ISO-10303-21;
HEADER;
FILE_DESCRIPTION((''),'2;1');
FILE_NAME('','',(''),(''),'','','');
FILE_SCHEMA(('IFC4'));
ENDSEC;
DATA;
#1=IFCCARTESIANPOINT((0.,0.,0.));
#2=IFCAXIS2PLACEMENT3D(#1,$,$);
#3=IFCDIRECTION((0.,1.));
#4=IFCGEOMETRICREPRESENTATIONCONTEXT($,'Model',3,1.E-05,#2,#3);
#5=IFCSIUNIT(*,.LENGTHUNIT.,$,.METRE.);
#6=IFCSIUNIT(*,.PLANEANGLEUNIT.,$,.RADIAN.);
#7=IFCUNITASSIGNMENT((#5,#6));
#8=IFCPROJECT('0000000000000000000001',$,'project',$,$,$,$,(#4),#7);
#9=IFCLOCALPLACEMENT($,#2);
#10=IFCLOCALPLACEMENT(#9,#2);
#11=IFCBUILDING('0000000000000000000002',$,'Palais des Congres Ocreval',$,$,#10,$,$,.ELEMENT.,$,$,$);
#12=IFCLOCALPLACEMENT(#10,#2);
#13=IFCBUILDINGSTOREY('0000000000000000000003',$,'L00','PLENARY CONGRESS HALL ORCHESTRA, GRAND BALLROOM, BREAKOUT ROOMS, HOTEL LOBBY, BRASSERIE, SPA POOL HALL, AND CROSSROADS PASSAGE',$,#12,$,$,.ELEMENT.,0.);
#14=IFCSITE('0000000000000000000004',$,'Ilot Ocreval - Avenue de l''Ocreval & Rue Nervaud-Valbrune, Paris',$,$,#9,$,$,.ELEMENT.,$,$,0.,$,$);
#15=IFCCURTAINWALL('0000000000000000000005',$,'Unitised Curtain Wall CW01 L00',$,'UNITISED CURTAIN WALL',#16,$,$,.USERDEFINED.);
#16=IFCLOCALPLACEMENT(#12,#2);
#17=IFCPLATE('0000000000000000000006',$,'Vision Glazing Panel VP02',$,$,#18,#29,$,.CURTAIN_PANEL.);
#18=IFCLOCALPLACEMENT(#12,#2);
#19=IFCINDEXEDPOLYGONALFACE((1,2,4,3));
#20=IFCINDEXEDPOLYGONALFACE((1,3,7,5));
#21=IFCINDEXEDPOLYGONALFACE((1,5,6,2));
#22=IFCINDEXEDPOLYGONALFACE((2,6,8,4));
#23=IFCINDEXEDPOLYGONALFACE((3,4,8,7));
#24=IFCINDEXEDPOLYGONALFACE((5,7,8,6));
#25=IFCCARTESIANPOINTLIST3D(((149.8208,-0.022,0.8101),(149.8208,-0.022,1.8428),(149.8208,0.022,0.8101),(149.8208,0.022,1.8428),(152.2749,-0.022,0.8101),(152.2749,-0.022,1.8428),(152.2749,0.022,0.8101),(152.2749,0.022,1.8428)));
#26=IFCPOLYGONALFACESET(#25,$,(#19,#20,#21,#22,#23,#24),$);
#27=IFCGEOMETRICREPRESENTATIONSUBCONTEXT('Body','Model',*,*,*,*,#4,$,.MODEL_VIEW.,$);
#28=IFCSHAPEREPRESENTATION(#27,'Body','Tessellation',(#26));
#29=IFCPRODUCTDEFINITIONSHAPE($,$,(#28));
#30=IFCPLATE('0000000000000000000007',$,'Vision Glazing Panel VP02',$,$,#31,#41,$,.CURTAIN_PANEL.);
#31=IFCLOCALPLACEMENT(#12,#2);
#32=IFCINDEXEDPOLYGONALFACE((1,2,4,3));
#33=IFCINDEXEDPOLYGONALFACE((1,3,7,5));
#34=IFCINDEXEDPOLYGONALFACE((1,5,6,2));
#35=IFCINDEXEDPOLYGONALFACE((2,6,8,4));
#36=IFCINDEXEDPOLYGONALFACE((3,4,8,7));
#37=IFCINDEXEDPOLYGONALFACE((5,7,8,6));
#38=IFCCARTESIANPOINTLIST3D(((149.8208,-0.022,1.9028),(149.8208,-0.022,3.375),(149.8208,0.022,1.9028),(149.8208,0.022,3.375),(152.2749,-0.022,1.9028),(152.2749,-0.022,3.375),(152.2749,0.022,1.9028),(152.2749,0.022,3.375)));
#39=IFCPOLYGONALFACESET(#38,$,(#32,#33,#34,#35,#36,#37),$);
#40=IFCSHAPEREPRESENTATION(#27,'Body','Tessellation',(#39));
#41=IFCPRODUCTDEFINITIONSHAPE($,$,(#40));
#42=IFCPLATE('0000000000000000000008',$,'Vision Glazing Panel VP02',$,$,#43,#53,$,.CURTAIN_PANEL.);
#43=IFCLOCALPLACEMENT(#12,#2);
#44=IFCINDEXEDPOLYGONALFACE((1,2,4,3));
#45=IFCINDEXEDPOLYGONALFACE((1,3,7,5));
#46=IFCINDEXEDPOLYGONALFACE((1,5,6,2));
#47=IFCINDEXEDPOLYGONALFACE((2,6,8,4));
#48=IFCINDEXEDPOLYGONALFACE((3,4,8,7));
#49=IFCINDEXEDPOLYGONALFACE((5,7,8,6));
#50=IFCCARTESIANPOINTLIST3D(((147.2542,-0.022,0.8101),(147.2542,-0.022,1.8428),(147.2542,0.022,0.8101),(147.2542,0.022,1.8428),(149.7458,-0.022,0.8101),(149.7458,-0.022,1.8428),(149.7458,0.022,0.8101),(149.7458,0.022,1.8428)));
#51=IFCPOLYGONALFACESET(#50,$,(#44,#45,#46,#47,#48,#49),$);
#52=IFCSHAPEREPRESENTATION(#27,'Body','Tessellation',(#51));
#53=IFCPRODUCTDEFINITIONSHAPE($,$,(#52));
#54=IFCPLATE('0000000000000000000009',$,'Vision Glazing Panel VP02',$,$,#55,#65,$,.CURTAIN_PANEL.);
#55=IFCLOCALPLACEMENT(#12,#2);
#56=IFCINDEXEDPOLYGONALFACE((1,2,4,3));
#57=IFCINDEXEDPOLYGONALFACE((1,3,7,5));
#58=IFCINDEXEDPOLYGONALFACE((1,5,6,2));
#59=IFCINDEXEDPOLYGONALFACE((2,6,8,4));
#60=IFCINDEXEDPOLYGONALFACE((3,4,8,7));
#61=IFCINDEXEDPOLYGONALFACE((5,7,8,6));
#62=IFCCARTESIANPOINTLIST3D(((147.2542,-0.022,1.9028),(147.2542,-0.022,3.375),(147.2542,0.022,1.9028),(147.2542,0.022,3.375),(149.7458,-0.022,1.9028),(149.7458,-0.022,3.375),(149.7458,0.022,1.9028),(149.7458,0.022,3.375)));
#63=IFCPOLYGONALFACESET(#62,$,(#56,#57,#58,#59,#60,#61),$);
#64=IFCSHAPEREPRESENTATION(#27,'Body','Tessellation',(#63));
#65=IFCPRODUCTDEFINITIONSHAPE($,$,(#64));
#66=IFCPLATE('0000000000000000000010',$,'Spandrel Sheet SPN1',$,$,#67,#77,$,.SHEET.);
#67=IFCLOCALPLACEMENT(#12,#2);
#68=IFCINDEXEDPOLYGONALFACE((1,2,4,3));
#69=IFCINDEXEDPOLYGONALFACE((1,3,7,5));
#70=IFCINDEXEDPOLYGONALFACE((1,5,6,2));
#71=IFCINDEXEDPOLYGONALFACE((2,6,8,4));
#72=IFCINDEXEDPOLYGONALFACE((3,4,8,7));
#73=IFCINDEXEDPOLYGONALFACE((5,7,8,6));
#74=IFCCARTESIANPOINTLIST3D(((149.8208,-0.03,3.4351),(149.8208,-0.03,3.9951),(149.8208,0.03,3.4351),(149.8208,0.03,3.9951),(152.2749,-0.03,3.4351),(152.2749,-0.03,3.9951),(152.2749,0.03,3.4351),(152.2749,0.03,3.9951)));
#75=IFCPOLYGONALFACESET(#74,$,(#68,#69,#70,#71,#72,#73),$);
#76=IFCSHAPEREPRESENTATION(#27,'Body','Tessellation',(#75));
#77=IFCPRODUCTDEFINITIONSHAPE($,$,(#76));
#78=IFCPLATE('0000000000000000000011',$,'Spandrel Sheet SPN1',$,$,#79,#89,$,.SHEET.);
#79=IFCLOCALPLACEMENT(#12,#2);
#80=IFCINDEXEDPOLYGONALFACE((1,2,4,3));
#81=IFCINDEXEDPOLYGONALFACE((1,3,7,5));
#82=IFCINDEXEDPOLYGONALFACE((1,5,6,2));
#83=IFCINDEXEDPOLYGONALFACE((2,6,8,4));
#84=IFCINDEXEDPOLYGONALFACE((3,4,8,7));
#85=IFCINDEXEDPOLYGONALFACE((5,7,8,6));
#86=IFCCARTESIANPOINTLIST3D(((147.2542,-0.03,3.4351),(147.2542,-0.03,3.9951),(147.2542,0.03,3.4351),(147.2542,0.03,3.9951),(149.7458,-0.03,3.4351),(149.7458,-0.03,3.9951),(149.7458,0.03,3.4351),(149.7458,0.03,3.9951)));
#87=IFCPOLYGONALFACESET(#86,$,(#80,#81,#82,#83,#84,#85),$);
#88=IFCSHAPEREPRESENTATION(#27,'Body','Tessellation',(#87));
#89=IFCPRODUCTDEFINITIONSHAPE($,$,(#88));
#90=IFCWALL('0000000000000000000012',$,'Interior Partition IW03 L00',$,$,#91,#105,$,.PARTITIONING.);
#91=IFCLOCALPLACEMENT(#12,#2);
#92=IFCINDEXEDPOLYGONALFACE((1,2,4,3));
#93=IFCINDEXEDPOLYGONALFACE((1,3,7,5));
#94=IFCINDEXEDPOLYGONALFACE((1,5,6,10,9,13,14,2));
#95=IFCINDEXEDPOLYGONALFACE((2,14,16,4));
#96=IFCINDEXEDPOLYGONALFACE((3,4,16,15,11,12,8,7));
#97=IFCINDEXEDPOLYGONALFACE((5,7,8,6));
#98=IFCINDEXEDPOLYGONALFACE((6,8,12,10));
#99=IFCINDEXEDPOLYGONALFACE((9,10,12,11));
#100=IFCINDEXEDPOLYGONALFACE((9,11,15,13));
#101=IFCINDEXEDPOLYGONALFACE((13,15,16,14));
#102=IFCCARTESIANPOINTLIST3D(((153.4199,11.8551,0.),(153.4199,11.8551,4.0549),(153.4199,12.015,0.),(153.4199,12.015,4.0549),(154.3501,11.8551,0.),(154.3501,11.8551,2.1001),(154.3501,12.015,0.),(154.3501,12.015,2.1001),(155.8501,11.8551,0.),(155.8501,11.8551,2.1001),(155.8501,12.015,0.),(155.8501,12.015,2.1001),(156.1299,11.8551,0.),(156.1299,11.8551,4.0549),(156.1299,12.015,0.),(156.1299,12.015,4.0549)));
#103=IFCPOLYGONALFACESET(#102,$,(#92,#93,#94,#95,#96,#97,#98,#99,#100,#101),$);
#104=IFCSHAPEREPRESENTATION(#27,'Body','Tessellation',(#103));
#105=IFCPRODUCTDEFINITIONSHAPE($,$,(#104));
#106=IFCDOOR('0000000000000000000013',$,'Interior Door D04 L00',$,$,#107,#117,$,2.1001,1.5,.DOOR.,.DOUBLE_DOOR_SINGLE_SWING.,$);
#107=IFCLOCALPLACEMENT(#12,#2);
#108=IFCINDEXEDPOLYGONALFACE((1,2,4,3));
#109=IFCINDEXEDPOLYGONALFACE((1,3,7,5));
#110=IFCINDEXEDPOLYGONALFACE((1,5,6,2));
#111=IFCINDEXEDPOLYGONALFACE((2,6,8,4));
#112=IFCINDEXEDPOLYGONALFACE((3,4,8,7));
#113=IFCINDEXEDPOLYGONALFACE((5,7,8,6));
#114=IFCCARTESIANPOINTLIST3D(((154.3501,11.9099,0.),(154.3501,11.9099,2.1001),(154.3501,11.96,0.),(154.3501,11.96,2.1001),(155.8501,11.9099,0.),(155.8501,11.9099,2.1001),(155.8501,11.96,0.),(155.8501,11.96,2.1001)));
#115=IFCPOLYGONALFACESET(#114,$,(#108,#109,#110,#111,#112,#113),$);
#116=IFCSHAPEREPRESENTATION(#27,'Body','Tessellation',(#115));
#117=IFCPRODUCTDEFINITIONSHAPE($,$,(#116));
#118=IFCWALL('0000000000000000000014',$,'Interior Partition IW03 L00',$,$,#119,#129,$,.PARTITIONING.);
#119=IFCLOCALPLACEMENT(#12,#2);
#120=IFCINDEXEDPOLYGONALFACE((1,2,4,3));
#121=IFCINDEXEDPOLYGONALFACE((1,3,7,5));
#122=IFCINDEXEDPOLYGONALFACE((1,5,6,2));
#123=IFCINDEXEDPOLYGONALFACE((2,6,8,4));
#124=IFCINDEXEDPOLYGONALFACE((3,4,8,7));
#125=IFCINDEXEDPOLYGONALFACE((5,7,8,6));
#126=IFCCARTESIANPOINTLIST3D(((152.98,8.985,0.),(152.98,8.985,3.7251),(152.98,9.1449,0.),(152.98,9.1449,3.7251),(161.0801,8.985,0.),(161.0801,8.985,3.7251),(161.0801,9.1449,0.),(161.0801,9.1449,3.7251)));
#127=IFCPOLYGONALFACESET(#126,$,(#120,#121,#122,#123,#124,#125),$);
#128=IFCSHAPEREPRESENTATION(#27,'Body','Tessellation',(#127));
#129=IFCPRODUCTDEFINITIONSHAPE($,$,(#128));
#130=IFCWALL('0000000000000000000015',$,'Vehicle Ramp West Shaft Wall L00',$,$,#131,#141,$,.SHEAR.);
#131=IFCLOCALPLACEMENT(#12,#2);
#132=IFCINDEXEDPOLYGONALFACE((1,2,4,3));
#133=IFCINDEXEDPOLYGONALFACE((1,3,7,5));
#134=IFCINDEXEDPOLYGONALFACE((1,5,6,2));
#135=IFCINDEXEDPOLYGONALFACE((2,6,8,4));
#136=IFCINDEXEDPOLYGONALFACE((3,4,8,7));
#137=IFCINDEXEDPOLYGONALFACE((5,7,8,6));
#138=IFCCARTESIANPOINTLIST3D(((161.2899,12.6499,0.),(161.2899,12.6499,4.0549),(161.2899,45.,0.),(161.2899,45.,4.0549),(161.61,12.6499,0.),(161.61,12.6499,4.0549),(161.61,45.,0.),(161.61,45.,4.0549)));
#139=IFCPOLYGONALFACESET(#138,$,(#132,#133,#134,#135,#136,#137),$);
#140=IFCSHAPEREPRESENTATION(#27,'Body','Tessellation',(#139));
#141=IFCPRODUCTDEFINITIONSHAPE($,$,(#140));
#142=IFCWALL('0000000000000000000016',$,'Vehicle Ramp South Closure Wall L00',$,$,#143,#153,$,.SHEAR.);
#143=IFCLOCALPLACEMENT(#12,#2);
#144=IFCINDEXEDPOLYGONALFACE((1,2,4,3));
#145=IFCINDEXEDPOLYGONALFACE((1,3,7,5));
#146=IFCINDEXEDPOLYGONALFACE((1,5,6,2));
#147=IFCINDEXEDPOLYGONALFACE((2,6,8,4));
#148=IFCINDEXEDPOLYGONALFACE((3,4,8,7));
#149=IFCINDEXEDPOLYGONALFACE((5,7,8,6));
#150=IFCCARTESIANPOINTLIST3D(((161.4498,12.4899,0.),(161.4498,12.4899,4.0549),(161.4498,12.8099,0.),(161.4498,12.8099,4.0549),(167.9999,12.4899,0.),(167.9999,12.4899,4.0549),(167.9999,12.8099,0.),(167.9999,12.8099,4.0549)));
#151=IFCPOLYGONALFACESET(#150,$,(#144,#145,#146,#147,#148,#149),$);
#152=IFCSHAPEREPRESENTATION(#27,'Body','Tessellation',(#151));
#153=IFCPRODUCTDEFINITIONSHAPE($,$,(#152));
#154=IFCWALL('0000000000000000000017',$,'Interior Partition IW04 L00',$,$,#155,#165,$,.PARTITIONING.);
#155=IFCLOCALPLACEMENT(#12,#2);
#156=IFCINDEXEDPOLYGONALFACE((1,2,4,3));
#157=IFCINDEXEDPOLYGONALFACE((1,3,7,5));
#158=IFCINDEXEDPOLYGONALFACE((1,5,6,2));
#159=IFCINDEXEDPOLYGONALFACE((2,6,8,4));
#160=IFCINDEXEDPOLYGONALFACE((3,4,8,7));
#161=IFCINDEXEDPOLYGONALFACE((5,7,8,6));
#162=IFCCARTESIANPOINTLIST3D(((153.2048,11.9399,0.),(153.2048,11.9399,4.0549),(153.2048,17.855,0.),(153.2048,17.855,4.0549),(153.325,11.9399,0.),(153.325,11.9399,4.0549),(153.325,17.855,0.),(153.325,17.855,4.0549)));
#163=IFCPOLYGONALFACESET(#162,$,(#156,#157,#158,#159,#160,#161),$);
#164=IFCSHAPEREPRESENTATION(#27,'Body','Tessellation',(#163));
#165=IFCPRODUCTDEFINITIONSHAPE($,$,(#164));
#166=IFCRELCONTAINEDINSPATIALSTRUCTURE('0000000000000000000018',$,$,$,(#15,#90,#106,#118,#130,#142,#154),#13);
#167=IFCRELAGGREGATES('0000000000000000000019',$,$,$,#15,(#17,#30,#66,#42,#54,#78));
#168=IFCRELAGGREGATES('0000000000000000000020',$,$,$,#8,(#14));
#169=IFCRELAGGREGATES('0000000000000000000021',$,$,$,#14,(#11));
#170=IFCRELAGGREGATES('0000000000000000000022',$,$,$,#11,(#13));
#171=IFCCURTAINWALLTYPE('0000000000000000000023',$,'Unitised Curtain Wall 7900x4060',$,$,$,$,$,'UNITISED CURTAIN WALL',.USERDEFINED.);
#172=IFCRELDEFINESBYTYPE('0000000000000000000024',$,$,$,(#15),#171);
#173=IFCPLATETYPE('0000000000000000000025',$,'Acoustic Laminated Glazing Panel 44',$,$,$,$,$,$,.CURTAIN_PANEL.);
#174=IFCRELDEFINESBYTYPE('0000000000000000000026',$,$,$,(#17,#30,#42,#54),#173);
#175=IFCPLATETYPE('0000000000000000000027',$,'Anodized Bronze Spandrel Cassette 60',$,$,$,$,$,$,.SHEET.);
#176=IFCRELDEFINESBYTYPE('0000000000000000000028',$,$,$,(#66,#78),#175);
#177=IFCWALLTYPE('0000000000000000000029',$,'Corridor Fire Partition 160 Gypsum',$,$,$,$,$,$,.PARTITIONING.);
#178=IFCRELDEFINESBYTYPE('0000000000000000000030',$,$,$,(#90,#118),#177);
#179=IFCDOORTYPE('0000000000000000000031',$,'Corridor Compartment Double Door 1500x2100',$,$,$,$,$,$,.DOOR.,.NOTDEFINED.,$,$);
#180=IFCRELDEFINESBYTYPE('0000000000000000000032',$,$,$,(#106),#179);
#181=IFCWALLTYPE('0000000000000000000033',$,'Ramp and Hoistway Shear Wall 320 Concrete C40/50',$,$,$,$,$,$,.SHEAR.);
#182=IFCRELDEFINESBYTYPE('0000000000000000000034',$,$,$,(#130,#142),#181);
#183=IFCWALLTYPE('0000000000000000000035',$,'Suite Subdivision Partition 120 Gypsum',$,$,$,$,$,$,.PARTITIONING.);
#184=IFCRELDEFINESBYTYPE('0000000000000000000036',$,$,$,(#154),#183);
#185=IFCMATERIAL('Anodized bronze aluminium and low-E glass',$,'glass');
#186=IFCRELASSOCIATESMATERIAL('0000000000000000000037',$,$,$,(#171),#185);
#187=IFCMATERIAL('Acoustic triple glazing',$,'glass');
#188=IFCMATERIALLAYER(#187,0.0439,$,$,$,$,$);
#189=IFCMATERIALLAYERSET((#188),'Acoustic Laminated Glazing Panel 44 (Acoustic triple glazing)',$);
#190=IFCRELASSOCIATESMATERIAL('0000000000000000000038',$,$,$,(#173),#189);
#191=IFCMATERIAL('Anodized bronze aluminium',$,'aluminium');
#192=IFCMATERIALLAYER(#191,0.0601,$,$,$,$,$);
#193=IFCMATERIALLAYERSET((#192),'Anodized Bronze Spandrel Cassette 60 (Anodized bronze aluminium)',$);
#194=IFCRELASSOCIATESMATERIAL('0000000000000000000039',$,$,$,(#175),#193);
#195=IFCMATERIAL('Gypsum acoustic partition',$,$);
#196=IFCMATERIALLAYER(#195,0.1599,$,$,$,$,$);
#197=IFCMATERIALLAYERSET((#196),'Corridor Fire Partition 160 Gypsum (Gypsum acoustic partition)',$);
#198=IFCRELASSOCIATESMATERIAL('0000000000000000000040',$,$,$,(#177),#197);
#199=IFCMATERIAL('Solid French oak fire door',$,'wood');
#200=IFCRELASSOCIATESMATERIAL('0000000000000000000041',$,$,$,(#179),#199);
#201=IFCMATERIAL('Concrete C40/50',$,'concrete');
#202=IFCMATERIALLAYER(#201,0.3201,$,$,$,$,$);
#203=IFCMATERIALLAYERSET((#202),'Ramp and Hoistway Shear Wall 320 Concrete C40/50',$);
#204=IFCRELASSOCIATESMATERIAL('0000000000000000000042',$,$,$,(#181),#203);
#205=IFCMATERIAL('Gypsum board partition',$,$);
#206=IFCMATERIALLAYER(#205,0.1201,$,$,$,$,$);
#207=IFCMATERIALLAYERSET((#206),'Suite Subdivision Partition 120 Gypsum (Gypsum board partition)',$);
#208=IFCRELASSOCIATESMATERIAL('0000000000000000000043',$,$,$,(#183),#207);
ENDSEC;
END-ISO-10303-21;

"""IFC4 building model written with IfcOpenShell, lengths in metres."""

from ifc_helpers import new_model, si_unit, direction, frame, frame_2d, origin, origin_2d, place, context, subcontext, project, spatial, rectangle, extrude, material, layer, layer_set, type_object, element, fill, aggregate, save


model = new_model("IFC4")

# Units and contexts
model_context = context("Model", 3, precision=1e-05, world=origin(), true_north=direction((0.0, 1.0)))
body_context = subcontext(model_context, "Body", "Model", "MODEL_VIEW")
ifc_project = project(units=[si_unit("LENGTHUNIT", "METRE"), si_unit("PLANEANGLEUNIT", "RADIAN")], contexts=[model_context])

# Site, building, storey
site_placement = place(None, origin())
site = spatial("IfcSite", under=ifc_project, at=site_placement, Name="Ilot Ocreval - Avenue de l'Ocreval & Rue Nervaud-Valbrune, Paris", CompositionType="ELEMENT", RefElevation=0.0)
building_placement = place(site_placement, origin())
building = spatial("IfcBuilding", under=site, at=building_placement, Name="Palais des Congres Ocreval", CompositionType="ELEMENT")
storey_placement = place(building_placement, origin())
storey = spatial("IfcBuildingStorey", under=building, at=storey_placement, Name="L00", Description="PLENARY CONGRESS HALL ORCHESTRA, GRAND BALLROOM, BREAKOUT ROOMS, HOTEL LOBBY, BRASSERIE, SPA POOL HALL, AND CROSSROADS PASSAGE", CompositionType="ELEMENT", Elevation=0.0)

# Curtain wall
ifc_material_1 = material(Name="Anodized bronze aluminium and low-E glass", Category="glass")
curtain_wall_type = type_object("IfcCurtainWallType", Name="Unitised Curtain Wall 7900x4060", ElementType="UNITISED CURTAIN WALL", PredefinedType="USERDEFINED", material=ifc_material_1)
curtain_wall_placement = place(storey_placement, origin())
curtain_wall = element("IfcCurtainWall", 1, at=curtain_wall_placement, inside=storey, type_object=curtain_wall_type, Name="Unitised Curtain Wall CW01 L00", ObjectType="UNITISED CURTAIN WALL", PredefinedType="USERDEFINED")
ifc_material_2 = material(Name="Anodized bronze aluminium", Category="aluminium")

# Plates
ifc_material_3 = material(Name="Acoustic triple glazing", Category="glass")
ifc_layer_1 = layer(ifc_material_3, 0.0439)
ifc_layer_set_1 = layer_set([ifc_layer_1], Name="Acoustic Laminated Glazing Panel 44 (Acoustic triple glazing)")
plate_type_1 = type_object("IfcPlateType", Name="Acoustic Laminated Glazing Panel 44", PredefinedType="CURTAIN_PANEL", material=ifc_layer_set_1)
plate_1_placement = place(storey_placement, frame((151.0479, 0.0, 0.8101), z_axis=(0.0, 0.0, 1.0), x_axis=(-1.0, 0.0, 0.0)))
plate_1 = element("IfcPlate", 2, at=plate_1_placement, type_object=plate_type_1, Name="Vision Glazing Panel VP02", PredefinedType="CURTAIN_PANEL", context=body_context, shape_type="SweptSolid", body=[
    extrude(rectangle(XDim=2.4541, YDim=0.0439, at=origin_2d()), origin(), (0.0, 0.0, 1.0), 1.0327),
])
plate_2_placement = place(storey_placement, frame((151.0479, 0.0, 1.9028), z_axis=(0.0, 0.0, 1.0), x_axis=(-1.0, 0.0, 0.0)))
plate_2 = element("IfcPlate", 3, at=plate_2_placement, type_object=plate_type_1, Name="Vision Glazing Panel VP02", PredefinedType="CURTAIN_PANEL", context=body_context, shape_type="SweptSolid", body=[
    extrude(rectangle(XDim=2.4541, YDim=0.0439, at=origin_2d()), origin(), (0.0, 0.0, 1.0), 1.4722),
])
plate_3_placement = place(storey_placement, frame((148.5, 0.0, 0.8101), z_axis=(0.0, 0.0, 1.0), x_axis=(-1.0, 0.0, 0.0)))
plate_3 = element("IfcPlate", 4, at=plate_3_placement, type_object=plate_type_1, Name="Vision Glazing Panel VP02", PredefinedType="CURTAIN_PANEL", context=body_context, shape_type="SweptSolid", body=[
    extrude(rectangle(XDim=2.4917, YDim=0.0439, at=origin_2d()), origin(), (0.0, 0.0, 1.0), 1.0327),
])
plate_4_placement = place(storey_placement, frame((148.5, 0.0, 1.9028), z_axis=(0.0, 0.0, 1.0), x_axis=(-1.0, 0.0, 0.0)))
plate_4 = element("IfcPlate", 5, at=plate_4_placement, type_object=plate_type_1, Name="Vision Glazing Panel VP02", PredefinedType="CURTAIN_PANEL", context=body_context, shape_type="SweptSolid", body=[
    extrude(rectangle(XDim=2.4917, YDim=0.0439, at=origin_2d()), origin(), (0.0, 0.0, 1.0), 1.4722),
])
ifc_layer_2 = layer(ifc_material_2, 0.0601)
ifc_layer_set_2 = layer_set([ifc_layer_2], Name="Anodized Bronze Spandrel Cassette 60 (Anodized bronze aluminium)")
plate_type_2 = type_object("IfcPlateType", Name="Anodized Bronze Spandrel Cassette 60", PredefinedType="SHEET", material=ifc_layer_set_2)
plate_5_placement = place(storey_placement, frame((151.0479, 0.0, 3.4351), z_axis=(0.0, 0.0, 1.0), x_axis=(-1.0, 0.0, 0.0)))
plate_5 = element("IfcPlate", 6, at=plate_5_placement, type_object=plate_type_2, Name="Spandrel Sheet SPN1", PredefinedType="SHEET", context=body_context, shape_type="SweptSolid", body=[
    extrude(rectangle(XDim=2.4541, YDim=0.0601, at=origin_2d()), origin(), (0.0, 0.0, 1.0), 0.5601),
])
plate_6_placement = place(storey_placement, frame((148.5, 0.0, 3.4351), z_axis=(0.0, 0.0, 1.0), x_axis=(-1.0, 0.0, 0.0)))
plate_6 = element("IfcPlate", 7, at=plate_6_placement, type_object=plate_type_2, Name="Spandrel Sheet SPN1", PredefinedType="SHEET", context=body_context, shape_type="SweptSolid", body=[
    extrude(rectangle(XDim=2.4917, YDim=0.0601, at=origin_2d()), origin(), (0.0, 0.0, 1.0), 0.5601),
])
aggregate(curtain_wall, [plate_1, plate_2, plate_5, plate_3, plate_4, plate_6])

# Wall, opening, door
ifc_material_4 = material(Name="Gypsum acoustic partition")
ifc_layer_3 = layer(ifc_material_4, 0.1599)
ifc_layer_set_3 = layer_set([ifc_layer_3], Name="Corridor Fire Partition 160 Gypsum (Gypsum acoustic partition)")
wall_type_1 = type_object("IfcWallType", Name="Corridor Fire Partition 160 Gypsum", PredefinedType="PARTITIONING", material=ifc_layer_set_3)
wall_1_placement = place(storey_placement, frame((153.4199, 11.9351, 0.0), z_axis=(0.0, 0.0, 1.0), x_axis=(1.0, 0.0, 0.0)))
wall_1 = element("IfcWall", 8, at=wall_1_placement, inside=storey, type_object=wall_type_1, Name="Interior Partition IW03 L00", PredefinedType="PARTITIONING", context=body_context, shape_type="SweptSolid", body=[
    extrude(rectangle(XDim=2.71, YDim=0.1599, at=frame_2d((1.355, 0.0))), origin(), (0.0, 0.0, 1.0), 4.0549),
])
opening_1_placement = place(wall_1_placement, frame((0.9302, 0.0, 0.0)))
opening_1 = element("IfcOpeningElement", 9, at=opening_1_placement, cuts=wall_1, PredefinedType="OPENING", context=body_context, shape_type="SweptSolid", body=[
    extrude(rectangle(XDim=1.5, YDim=2.1001, at=frame_2d((0.75, 1.05))), frame((0.0, 0.0898, 0.0), z_axis=(0.0, -1.0, 0.0), x_axis=(1.0, 0.0, 0.0)), (0.0, 0.0, 1.0), 0.1799),
])
ifc_material_5 = material(Name="Solid French oak fire door", Category="wood")
door_type_1 = type_object("IfcDoorType", Name="Corridor Compartment Double Door 1500x2100", OperationType="NOTDEFINED", PredefinedType="DOOR", material=ifc_material_5)
door_1_placement = place(opening_1_placement, origin())
door_1 = element("IfcDoor", 10, at=door_1_placement, inside=storey, type_object=door_type_1, Name="Interior Door D04 L00", OperationType="DOUBLE_DOOR_SINGLE_SWING", OverallHeight=2.1001, OverallWidth=1.5, PredefinedType="DOOR", context=body_context, shape_type="SweptSolid", body=[
    extrude(rectangle(XDim=1.5, YDim=2.1001, at=frame_2d((0.75, 1.05))), frame((0.0, 0.0249, 0.0), z_axis=(0.0, -1.0, 0.0), x_axis=(1.0, 0.0, 0.0)), (0.0, 0.0, 1.0), 0.05),
])
fill(opening_1, door_1)

# Walls
wall_2_placement = place(storey_placement, frame((152.98, 9.0649, 0.0), z_axis=(0.0, 0.0, 1.0), x_axis=(1.0, 0.0, 0.0)))
element("IfcWall", 11, at=wall_2_placement, inside=storey, type_object=wall_type_1, Name="Interior Partition IW03 L00", PredefinedType="PARTITIONING", context=body_context, shape_type="SweptSolid", body=[
    extrude(rectangle(XDim=8.1001, YDim=0.1599, at=frame_2d((4.05, 0.0))), origin(), (0.0, 0.0, 1.0), 3.7251),
])
ifc_material_6 = material(Name="Concrete C40/50", Category="concrete")
ifc_layer_4 = layer(ifc_material_6, 0.3201)
ifc_layer_set_4 = layer_set([ifc_layer_4], Name="Ramp and Hoistway Shear Wall 320 Concrete C40/50")
wall_type_2 = type_object("IfcWallType", Name="Ramp and Hoistway Shear Wall 320 Concrete C40/50", PredefinedType="SHEAR", material=ifc_layer_set_4)
wall_3_placement = place(storey_placement, frame((161.45, 12.6499, 0.0), z_axis=(0.0, 0.0, 1.0), x_axis=(0.0, 1.0, 0.0)))
element("IfcWall", 12, at=wall_3_placement, inside=storey, type_object=wall_type_2, Name="Vehicle Ramp West Shaft Wall L00", PredefinedType="SHEAR", context=body_context, shape_type="SweptSolid", body=[
    extrude(rectangle(XDim=32.3501, YDim=0.3201, at=frame_2d((16.175, 0.0))), origin(), (0.0, 0.0, 1.0), 4.0549),
])
wall_4_placement = place(storey_placement, frame((161.45, 12.6499, 0.0), z_axis=(0.0, 0.0, 1.0), x_axis=(1.0, 0.0, 0.0)))
element("IfcWall", 13, at=wall_4_placement, inside=storey, type_object=wall_type_2, Name="Vehicle Ramp South Closure Wall L00", PredefinedType="SHEAR", context=body_context, shape_type="SweptSolid", body=[
    extrude(rectangle(XDim=6.55, YDim=0.3201, at=frame_2d((3.2749, 0.0))), origin(), (0.0, 0.0, 1.0), 4.0549),
])
ifc_material_7 = material(Name="Gypsum board partition")
ifc_layer_5 = layer(ifc_material_7, 0.1201)
ifc_layer_set_5 = layer_set([ifc_layer_5], Name="Suite Subdivision Partition 120 Gypsum (Gypsum board partition)")
wall_type_3 = type_object("IfcWallType", Name="Suite Subdivision Partition 120 Gypsum", PredefinedType="PARTITIONING", material=ifc_layer_set_5)
wall_5_placement = place(storey_placement, frame((153.2649, 11.9399, 0.0), z_axis=(0.0, 0.0, 1.0), x_axis=(0.0, 1.0, 0.0)))
element("IfcWall", 14, at=wall_5_placement, inside=storey, type_object=wall_type_3, Name="Interior Partition IW04 L00", PredefinedType="PARTITIONING", context=body_context, shape_type="SweptSolid", body=[
    extrude(rectangle(XDim=5.915, YDim=0.1201, at=frame_2d((2.9575, 0.0))), origin(), (0.0, 0.0, 1.0), 4.0549),
])

save(model, "model.ifc")
